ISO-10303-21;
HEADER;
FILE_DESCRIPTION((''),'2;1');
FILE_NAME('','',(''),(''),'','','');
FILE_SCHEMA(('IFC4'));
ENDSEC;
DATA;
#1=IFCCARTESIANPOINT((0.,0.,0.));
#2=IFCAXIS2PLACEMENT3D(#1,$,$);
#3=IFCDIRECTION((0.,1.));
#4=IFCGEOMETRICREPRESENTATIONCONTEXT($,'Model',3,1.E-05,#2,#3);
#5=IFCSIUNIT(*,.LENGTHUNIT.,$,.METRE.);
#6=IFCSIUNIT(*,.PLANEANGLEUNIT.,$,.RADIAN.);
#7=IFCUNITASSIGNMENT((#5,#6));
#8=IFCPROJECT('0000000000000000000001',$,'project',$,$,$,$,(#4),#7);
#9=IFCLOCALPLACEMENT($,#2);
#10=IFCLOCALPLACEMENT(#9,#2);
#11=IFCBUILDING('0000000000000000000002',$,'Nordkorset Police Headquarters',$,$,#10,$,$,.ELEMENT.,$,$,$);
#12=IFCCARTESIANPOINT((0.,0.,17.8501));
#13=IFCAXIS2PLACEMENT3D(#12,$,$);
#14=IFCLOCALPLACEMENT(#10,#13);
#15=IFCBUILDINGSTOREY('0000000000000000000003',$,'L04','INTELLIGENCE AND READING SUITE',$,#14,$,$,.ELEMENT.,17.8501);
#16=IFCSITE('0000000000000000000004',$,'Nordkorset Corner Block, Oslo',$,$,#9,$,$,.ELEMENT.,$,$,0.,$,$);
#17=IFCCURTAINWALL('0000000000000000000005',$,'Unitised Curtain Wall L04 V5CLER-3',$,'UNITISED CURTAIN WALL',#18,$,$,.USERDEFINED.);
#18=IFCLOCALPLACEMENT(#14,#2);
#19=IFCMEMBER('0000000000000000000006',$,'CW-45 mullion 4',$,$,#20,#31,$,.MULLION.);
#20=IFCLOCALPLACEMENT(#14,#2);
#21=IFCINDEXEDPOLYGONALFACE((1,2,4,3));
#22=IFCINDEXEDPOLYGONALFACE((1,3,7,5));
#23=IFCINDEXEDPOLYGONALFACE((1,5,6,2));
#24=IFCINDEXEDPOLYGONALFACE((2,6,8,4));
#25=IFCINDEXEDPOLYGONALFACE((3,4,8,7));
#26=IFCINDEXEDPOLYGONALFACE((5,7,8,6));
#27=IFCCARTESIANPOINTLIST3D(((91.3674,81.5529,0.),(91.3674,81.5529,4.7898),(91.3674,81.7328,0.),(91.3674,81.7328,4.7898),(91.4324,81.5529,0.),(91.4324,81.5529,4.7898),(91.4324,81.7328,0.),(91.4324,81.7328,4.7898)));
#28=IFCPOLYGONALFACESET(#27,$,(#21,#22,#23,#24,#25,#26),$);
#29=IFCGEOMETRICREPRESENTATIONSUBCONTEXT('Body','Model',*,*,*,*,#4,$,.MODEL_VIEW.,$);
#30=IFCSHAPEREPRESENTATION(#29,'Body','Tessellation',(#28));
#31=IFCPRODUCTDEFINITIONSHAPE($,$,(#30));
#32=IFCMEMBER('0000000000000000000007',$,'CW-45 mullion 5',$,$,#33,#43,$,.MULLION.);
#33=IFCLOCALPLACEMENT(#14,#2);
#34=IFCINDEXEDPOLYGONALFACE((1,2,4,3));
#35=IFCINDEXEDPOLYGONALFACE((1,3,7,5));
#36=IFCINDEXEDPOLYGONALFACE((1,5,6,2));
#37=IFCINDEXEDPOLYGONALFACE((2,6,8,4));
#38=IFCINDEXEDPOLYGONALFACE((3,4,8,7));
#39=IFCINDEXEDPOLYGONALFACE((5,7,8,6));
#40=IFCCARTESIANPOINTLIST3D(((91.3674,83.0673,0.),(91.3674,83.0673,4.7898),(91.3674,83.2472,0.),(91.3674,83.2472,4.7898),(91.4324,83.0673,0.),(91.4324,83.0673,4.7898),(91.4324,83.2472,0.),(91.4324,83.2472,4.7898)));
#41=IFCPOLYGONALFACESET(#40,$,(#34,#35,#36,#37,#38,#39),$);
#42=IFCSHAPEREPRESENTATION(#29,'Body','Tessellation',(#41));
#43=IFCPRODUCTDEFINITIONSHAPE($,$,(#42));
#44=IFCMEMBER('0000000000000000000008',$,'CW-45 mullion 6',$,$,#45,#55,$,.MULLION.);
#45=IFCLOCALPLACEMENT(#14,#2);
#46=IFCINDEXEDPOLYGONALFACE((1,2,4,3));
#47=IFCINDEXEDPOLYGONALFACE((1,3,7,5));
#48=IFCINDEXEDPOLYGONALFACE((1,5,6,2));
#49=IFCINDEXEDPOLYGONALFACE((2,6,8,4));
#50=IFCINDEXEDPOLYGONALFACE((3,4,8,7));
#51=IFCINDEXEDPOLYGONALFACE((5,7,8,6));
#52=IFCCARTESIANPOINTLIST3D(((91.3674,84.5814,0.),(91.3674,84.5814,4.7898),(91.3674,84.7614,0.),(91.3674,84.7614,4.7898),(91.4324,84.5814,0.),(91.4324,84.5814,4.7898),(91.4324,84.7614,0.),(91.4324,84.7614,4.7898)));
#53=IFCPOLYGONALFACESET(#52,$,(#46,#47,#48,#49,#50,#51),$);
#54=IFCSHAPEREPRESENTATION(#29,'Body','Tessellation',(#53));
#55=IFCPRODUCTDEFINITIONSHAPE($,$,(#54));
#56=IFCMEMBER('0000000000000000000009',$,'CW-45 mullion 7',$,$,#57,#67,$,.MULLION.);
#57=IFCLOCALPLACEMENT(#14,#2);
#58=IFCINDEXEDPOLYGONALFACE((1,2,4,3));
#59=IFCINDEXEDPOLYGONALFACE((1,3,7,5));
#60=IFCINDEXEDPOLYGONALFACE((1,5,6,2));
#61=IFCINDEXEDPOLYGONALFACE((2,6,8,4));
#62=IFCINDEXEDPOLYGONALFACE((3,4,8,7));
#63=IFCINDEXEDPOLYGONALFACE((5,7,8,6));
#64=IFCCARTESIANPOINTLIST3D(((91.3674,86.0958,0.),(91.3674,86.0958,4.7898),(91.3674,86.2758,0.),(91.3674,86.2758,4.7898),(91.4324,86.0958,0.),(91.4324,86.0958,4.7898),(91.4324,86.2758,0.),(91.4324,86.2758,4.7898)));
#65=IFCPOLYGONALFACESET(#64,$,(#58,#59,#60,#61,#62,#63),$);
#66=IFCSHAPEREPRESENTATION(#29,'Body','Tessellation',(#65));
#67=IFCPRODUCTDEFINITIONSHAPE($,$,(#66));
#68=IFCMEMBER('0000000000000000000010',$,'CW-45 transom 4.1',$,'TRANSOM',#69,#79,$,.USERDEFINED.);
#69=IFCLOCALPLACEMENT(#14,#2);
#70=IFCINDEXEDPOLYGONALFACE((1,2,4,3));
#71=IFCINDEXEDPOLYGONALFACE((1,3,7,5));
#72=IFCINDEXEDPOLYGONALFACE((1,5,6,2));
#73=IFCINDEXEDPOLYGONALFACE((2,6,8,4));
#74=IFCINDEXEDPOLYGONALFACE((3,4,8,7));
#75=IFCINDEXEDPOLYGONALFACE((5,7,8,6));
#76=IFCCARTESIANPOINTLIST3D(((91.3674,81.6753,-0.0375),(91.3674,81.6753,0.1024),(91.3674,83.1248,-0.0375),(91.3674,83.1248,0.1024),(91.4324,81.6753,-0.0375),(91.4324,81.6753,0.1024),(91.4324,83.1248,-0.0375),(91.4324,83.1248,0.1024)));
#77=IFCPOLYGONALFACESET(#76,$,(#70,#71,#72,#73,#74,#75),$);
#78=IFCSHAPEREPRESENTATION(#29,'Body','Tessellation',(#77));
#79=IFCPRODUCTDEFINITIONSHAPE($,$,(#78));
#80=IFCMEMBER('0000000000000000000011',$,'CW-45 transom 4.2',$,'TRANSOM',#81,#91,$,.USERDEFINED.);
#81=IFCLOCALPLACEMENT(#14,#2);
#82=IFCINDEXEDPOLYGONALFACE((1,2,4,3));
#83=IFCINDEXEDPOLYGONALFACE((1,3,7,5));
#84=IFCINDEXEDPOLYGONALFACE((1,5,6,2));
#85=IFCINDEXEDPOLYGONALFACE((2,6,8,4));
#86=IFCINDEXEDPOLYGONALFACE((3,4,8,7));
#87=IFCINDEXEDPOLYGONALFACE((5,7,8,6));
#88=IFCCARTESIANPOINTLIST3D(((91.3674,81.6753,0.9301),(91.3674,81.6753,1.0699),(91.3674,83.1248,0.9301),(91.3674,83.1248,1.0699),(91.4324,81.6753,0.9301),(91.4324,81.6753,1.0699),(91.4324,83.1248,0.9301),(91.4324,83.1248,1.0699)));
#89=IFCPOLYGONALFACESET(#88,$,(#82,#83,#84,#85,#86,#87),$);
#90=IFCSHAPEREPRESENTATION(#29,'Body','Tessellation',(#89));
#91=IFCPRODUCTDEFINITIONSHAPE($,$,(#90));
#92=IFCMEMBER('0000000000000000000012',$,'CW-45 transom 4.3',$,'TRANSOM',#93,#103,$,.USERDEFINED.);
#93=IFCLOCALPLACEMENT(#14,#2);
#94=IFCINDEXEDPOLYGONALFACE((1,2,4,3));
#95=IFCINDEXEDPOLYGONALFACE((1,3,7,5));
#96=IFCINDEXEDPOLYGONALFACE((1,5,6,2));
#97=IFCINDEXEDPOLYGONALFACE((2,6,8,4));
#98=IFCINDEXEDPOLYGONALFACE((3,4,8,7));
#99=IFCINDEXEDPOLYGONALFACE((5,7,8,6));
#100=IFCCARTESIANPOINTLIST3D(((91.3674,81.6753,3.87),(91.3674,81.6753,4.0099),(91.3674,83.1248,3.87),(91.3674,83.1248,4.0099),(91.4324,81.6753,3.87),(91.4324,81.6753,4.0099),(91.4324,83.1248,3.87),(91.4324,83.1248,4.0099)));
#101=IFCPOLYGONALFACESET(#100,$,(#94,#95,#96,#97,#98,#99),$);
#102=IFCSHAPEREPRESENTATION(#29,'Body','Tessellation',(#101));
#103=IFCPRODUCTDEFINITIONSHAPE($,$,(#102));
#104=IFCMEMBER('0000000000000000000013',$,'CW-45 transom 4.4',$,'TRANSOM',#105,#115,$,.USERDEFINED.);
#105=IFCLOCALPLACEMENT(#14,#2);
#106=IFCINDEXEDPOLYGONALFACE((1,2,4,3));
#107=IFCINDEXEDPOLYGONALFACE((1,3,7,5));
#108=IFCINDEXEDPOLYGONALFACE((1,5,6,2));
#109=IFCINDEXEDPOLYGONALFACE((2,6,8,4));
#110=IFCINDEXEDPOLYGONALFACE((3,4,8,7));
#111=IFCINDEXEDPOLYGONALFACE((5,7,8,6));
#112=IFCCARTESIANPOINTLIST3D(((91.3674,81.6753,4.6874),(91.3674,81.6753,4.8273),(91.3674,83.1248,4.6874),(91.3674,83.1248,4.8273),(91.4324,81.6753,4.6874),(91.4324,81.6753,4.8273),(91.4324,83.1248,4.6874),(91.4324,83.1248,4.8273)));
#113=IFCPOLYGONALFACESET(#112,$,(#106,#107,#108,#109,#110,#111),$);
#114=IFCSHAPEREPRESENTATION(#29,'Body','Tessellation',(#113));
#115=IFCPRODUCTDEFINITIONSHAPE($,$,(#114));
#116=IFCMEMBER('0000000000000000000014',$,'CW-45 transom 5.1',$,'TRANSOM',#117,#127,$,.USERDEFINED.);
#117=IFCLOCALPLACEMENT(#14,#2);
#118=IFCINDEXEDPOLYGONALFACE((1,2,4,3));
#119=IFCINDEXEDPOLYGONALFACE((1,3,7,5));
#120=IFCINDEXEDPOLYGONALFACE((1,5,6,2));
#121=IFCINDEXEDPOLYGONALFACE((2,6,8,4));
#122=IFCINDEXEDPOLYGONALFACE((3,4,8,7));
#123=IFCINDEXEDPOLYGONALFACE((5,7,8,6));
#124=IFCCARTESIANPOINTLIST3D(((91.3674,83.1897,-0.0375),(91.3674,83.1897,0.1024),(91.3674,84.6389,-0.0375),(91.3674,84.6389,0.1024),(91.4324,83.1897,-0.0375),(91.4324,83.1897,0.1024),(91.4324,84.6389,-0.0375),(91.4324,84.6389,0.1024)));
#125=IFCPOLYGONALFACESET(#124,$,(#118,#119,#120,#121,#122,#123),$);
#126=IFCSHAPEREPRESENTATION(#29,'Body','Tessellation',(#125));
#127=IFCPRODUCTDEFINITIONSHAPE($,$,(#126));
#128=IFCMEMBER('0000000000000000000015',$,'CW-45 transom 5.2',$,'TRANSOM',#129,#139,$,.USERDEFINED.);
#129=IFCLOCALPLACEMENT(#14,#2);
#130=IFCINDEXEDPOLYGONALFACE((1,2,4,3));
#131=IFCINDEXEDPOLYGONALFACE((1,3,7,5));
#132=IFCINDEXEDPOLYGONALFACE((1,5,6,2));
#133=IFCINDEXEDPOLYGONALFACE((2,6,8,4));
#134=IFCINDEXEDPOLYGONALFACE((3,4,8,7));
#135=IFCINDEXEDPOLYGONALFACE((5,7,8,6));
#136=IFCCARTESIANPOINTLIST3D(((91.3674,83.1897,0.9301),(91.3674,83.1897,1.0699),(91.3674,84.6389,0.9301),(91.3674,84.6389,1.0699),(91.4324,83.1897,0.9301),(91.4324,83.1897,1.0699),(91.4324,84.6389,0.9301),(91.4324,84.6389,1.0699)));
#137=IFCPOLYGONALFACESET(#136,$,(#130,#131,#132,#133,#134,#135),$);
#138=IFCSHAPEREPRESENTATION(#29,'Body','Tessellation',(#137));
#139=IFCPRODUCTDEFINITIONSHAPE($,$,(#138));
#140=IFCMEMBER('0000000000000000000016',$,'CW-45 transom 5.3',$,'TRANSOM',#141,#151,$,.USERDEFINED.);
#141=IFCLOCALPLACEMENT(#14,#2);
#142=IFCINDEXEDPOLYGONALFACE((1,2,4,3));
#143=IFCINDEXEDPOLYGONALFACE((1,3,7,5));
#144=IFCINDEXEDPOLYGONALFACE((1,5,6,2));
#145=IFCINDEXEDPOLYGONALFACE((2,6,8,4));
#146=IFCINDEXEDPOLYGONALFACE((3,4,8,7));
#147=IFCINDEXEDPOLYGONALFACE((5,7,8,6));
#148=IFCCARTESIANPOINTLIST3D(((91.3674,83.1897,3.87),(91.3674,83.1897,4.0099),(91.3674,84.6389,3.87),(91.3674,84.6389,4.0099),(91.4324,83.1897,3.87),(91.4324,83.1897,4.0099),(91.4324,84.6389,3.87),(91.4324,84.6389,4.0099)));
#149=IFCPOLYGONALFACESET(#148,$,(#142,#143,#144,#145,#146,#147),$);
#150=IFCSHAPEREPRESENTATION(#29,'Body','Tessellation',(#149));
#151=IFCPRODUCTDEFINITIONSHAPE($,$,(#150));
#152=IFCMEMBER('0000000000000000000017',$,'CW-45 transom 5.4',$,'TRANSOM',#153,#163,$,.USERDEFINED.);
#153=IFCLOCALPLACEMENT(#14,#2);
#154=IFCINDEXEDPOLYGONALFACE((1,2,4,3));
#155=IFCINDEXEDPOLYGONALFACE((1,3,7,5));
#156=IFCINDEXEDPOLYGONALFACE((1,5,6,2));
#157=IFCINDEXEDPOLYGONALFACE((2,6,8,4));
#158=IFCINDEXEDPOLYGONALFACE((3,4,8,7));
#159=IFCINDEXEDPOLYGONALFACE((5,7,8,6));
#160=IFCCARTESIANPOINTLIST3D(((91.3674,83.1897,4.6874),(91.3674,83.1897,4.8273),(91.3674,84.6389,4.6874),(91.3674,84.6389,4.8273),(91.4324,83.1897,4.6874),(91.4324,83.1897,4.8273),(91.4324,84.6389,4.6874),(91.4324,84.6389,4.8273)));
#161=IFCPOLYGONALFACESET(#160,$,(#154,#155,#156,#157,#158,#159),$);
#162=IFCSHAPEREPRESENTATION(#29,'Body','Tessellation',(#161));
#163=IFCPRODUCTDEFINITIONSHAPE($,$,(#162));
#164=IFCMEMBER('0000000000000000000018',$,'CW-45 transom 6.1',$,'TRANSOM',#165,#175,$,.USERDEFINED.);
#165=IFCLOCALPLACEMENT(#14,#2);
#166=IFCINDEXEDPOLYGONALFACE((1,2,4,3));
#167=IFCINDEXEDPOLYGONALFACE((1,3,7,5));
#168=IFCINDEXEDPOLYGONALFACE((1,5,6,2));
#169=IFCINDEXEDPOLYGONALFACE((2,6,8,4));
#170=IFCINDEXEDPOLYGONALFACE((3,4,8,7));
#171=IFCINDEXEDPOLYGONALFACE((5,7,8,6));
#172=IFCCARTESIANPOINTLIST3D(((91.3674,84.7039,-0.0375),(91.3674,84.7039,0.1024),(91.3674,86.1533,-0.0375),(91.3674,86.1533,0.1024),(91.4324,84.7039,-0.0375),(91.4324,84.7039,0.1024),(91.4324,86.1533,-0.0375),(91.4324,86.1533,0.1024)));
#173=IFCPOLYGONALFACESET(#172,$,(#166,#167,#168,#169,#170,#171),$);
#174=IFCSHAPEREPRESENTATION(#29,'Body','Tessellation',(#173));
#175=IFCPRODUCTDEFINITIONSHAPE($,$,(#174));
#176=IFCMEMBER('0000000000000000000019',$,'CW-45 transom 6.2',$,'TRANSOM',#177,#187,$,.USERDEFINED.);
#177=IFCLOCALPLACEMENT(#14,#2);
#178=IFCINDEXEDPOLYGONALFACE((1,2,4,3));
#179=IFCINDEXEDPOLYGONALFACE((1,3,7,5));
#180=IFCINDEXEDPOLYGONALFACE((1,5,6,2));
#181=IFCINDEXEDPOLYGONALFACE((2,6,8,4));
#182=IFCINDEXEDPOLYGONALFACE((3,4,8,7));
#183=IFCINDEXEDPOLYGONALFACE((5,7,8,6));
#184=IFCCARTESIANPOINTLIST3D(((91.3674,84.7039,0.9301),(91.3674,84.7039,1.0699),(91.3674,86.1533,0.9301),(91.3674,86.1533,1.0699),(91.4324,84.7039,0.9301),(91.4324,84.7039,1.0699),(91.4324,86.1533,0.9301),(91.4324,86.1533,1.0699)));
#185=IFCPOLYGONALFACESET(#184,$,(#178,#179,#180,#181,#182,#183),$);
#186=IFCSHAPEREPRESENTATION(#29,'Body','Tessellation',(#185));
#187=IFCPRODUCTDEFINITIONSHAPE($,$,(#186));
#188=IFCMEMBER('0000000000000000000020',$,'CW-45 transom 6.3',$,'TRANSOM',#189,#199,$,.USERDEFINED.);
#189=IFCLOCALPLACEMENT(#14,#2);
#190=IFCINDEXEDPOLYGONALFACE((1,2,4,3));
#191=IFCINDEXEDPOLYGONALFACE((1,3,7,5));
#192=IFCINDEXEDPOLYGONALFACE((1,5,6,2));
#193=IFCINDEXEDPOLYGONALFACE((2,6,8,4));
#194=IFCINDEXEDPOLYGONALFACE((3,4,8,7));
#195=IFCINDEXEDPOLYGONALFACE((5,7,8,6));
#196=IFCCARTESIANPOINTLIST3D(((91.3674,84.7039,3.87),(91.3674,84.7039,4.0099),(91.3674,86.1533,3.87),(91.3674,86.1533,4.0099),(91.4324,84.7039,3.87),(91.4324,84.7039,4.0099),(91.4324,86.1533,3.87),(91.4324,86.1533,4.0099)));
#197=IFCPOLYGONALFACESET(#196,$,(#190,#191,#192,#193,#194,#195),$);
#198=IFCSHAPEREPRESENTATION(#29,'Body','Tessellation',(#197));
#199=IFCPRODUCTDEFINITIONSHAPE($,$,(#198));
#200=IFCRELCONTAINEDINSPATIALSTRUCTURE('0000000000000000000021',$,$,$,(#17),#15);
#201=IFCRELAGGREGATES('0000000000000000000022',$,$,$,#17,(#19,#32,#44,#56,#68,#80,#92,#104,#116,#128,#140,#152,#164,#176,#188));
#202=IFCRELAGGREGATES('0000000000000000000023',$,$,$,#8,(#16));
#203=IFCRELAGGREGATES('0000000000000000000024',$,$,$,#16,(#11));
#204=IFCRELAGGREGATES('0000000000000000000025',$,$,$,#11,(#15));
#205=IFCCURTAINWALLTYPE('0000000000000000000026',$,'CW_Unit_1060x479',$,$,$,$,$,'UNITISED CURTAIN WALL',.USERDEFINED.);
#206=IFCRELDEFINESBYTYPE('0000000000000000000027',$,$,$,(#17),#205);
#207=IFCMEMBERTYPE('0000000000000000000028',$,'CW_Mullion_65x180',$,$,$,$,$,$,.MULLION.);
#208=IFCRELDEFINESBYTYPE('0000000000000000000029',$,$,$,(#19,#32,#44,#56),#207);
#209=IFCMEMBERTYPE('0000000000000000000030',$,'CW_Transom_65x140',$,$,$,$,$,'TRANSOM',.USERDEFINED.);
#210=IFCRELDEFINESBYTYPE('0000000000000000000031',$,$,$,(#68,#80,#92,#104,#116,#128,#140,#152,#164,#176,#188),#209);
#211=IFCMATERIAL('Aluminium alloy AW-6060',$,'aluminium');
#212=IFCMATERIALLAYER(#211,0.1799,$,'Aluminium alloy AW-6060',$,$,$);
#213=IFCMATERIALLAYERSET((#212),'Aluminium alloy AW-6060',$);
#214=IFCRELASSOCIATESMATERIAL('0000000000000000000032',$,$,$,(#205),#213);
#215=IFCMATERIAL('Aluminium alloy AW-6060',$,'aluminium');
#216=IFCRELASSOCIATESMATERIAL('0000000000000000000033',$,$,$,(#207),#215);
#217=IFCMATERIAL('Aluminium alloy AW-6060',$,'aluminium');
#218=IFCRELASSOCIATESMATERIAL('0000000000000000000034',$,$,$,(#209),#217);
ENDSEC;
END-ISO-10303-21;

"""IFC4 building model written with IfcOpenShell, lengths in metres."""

from ifc_helpers import new_model, si_unit, direction, frame, origin, origin_2d, place, context, subcontext, project, spatial, rectangle, extrude, material, layer, layer_set, material_profile, profile_set, type_object, element, aggregate, save


model = new_model("IFC4")

# Units and contexts
model_context = context("Model", 3, precision=1e-05, world=origin(), true_north=direction((0.0, 1.0)))
body_context = subcontext(model_context, "Body", "Model", "MODEL_VIEW")
ifc_project = project(units=[si_unit("LENGTHUNIT", "METRE"), si_unit("PLANEANGLEUNIT", "RADIAN")], contexts=[model_context])

# Site, building, storey
site_placement = place(None, origin())
site = spatial("IfcSite", under=ifc_project, at=site_placement, Name="Nordkorset Corner Block, Oslo", CompositionType="ELEMENT", RefElevation=0.0)
building_placement = place(site_placement, origin())
building = spatial("IfcBuilding", under=site, at=building_placement, Name="Nordkorset Police Headquarters", CompositionType="ELEMENT")
storey_placement = place(building_placement, frame((0.0, 0.0, 17.8501)))
storey = spatial("IfcBuildingStorey", under=building, at=storey_placement, Name="L04", Description="INTELLIGENCE AND READING SUITE", CompositionType="ELEMENT", Elevation=17.8501)

# Curtain wall, members
ifc_material_1 = material(Name="Aluminium alloy AW-6060", Category="aluminium")
ifc_layer_1 = layer(ifc_material_1, 0.1799, Name="Aluminium alloy AW-6060")
ifc_layer_set_1 = layer_set([ifc_layer_1], Name="Aluminium alloy AW-6060")
curtain_wall_type = type_object("IfcCurtainWallType", Name="CW_Unit_1060x479", ElementType="UNITISED CURTAIN WALL", PredefinedType="USERDEFINED", material=ifc_layer_set_1)
curtain_wall_placement = place(storey_placement, origin())
curtain_wall = element("IfcCurtainWall", 1, at=curtain_wall_placement, inside=storey, type_object=curtain_wall_type, Name="Unitised Curtain Wall L04 V5CLER-3", ObjectType="UNITISED CURTAIN WALL", PredefinedType="USERDEFINED")
ifc_material_2 = material(Name="Aluminium alloy AW-6060", Category="aluminium")
ifc_material_profile_1 = material_profile(ifc_material_2, rectangle(XDim=0.0649, YDim=0.1799, at=origin_2d()), Name="ALU MULL 65x180")
ifc_profile_set_1 = profile_set([ifc_material_profile_1], Name="Aluminium alloy AW-6060")
member_type_1 = type_object("IfcMemberType", Name="CW_Mullion_65x180", PredefinedType="MULLION", material=ifc_profile_set_1)
member_1_placement = place(storey_placement, frame((91.3999, 81.6428, 0.0), z_axis=(0.0, 0.0, 1.0), x_axis=(-1.0, 0.0, 0.0)))
member_1 = element("IfcMember", 2, at=member_1_placement, type_object=member_type_1, Name="CW-45 mullion 4", PredefinedType="MULLION", context=body_context, shape_type="SweptSolid", body=[
    extrude(rectangle(XDim=0.0649, YDim=0.1799, at=origin_2d()), origin(), (0.0, 0.0, 1.0), 4.7898),
])
member_2_placement = place(storey_placement, frame((91.3999, 83.1572, 0.0), z_axis=(0.0, 0.0, 1.0), x_axis=(-1.0, 0.0, 0.0)))
member_2 = element("IfcMember", 3, at=member_2_placement, type_object=member_type_1, Name="CW-45 mullion 5", PredefinedType="MULLION", context=body_context, shape_type="SweptSolid", body=[
    extrude(rectangle(XDim=0.0649, YDim=0.1799, at=origin_2d()), origin(), (0.0, 0.0, 1.0), 4.7898),
])
member_3_placement = place(storey_placement, frame((91.3999, 84.6714, 0.0), z_axis=(0.0, 0.0, 1.0), x_axis=(-1.0, 0.0, 0.0)))
member_3 = element("IfcMember", 4, at=member_3_placement, type_object=member_type_1, Name="CW-45 mullion 6", PredefinedType="MULLION", context=body_context, shape_type="SweptSolid", body=[
    extrude(rectangle(XDim=0.0649, YDim=0.1799, at=origin_2d()), origin(), (0.0, 0.0, 1.0), 4.7898),
])
member_4_placement = place(storey_placement, frame((91.3999, 86.1858, 0.0), z_axis=(0.0, 0.0, 1.0), x_axis=(-1.0, 0.0, 0.0)))
member_4 = element("IfcMember", 5, at=member_4_placement, type_object=member_type_1, Name="CW-45 mullion 7", PredefinedType="MULLION", context=body_context, shape_type="SweptSolid", body=[
    extrude(rectangle(XDim=0.0649, YDim=0.1799, at=origin_2d()), origin(), (0.0, 0.0, 1.0), 4.7898),
])
ifc_material_3 = material(Name="Aluminium alloy AW-6060", Category="aluminium")
ifc_material_profile_2 = material_profile(ifc_material_3, rectangle(XDim=0.0649, YDim=0.1399, at=origin_2d()), Name="ALU TRAN 65x140")
ifc_profile_set_2 = profile_set([ifc_material_profile_2], Name="Aluminium alloy AW-6060")
member_type_2 = type_object("IfcMemberType", Name="CW_Transom_65x140", ElementType="TRANSOM", PredefinedType="USERDEFINED", material=ifc_profile_set_2)
member_5_placement = place(storey_placement, frame((91.3999, 81.6753, 0.0325), z_axis=(0.0, 1.0, 0.0), x_axis=(-1.0, 0.0, 0.0)))
member_5 = element("IfcMember", 6, at=member_5_placement, type_object=member_type_2, Name="CW-45 transom 4.1", ObjectType="TRANSOM", PredefinedType="USERDEFINED", context=body_context, shape_type="SweptSolid", body=[
    extrude(rectangle(XDim=0.0649, YDim=0.1399, at=origin_2d()), origin(), (0.0, 0.0, 1.0), 1.4495),
])
member_6_placement = place(storey_placement, frame((91.3999, 81.6753, 1.0), z_axis=(0.0, 1.0, 0.0), x_axis=(-1.0, 0.0, 0.0)))
member_6 = element("IfcMember", 7, at=member_6_placement, type_object=member_type_2, Name="CW-45 transom 4.2", ObjectType="TRANSOM", PredefinedType="USERDEFINED", context=body_context, shape_type="SweptSolid", body=[
    extrude(rectangle(XDim=0.0649, YDim=0.1399, at=origin_2d()), origin(), (0.0, 0.0, 1.0), 1.4495),
])
member_7_placement = place(storey_placement, frame((91.3999, 81.6753, 3.9399), z_axis=(0.0, 1.0, 0.0), x_axis=(-1.0, 0.0, 0.0)))
member_7 = element("IfcMember", 8, at=member_7_placement, type_object=member_type_2, Name="CW-45 transom 4.3", ObjectType="TRANSOM", PredefinedType="USERDEFINED", context=body_context, shape_type="SweptSolid", body=[
    extrude(rectangle(XDim=0.0649, YDim=0.1399, at=origin_2d()), origin(), (0.0, 0.0, 1.0), 1.4495),
])
member_8_placement = place(storey_placement, frame((91.3999, 81.6753, 4.7573), z_axis=(0.0, 1.0, 0.0), x_axis=(-1.0, 0.0, 0.0)))
member_8 = element("IfcMember", 9, at=member_8_placement, type_object=member_type_2, Name="CW-45 transom 4.4", ObjectType="TRANSOM", PredefinedType="USERDEFINED", context=body_context, shape_type="SweptSolid", body=[
    extrude(rectangle(XDim=0.0649, YDim=0.1399, at=origin_2d()), origin(), (0.0, 0.0, 1.0), 1.4495),
])
member_9_placement = place(storey_placement, frame((91.3999, 83.1897, 0.0325), z_axis=(0.0, 1.0, 0.0), x_axis=(-1.0, 0.0, 0.0)))
member_9 = element("IfcMember", 10, at=member_9_placement, type_object=member_type_2, Name="CW-45 transom 5.1", ObjectType="TRANSOM", PredefinedType="USERDEFINED", context=body_context, shape_type="SweptSolid", body=[
    extrude(rectangle(XDim=0.0649, YDim=0.1399, at=origin_2d()), origin(), (0.0, 0.0, 1.0), 1.4492),
])
member_10_placement = place(storey_placement, frame((91.3999, 83.1897, 1.0), z_axis=(0.0, 1.0, 0.0), x_axis=(-1.0, 0.0, 0.0)))
member_10 = element("IfcMember", 11, at=member_10_placement, type_object=member_type_2, Name="CW-45 transom 5.2", ObjectType="TRANSOM", PredefinedType="USERDEFINED", context=body_context, shape_type="SweptSolid", body=[
    extrude(rectangle(XDim=0.0649, YDim=0.1399, at=origin_2d()), origin(), (0.0, 0.0, 1.0), 1.4492),
])
member_11_placement = place(storey_placement, frame((91.3999, 83.1897, 3.9399), z_axis=(0.0, 1.0, 0.0), x_axis=(-1.0, 0.0, 0.0)))
member_11 = element("IfcMember", 12, at=member_11_placement, type_object=member_type_2, Name="CW-45 transom 5.3", ObjectType="TRANSOM", PredefinedType="USERDEFINED", context=body_context, shape_type="SweptSolid", body=[
    extrude(rectangle(XDim=0.0649, YDim=0.1399, at=origin_2d()), origin(), (0.0, 0.0, 1.0), 1.4492),
])
member_12_placement = place(storey_placement, frame((91.3999, 83.1897, 4.7573), z_axis=(0.0, 1.0, 0.0), x_axis=(-1.0, 0.0, 0.0)))
member_12 = element("IfcMember", 13, at=member_12_placement, type_object=member_type_2, Name="CW-45 transom 5.4", ObjectType="TRANSOM", PredefinedType="USERDEFINED", context=body_context, shape_type="SweptSolid", body=[
    extrude(rectangle(XDim=0.0649, YDim=0.1399, at=origin_2d()), origin(), (0.0, 0.0, 1.0), 1.4492),
])
member_13_placement = place(storey_placement, frame((91.3999, 84.7039, 0.0325), z_axis=(0.0, 1.0, 0.0), x_axis=(-1.0, 0.0, 0.0)))
member_13 = element("IfcMember", 14, at=member_13_placement, type_object=member_type_2, Name="CW-45 transom 6.1", ObjectType="TRANSOM", PredefinedType="USERDEFINED", context=body_context, shape_type="SweptSolid", body=[
    extrude(rectangle(XDim=0.0649, YDim=0.1399, at=origin_2d()), origin(), (0.0, 0.0, 1.0), 1.4495),
])
member_14_placement = place(storey_placement, frame((91.3999, 84.7039, 1.0), z_axis=(0.0, 1.0, 0.0), x_axis=(-1.0, 0.0, 0.0)))
member_14 = element("IfcMember", 15, at=member_14_placement, type_object=member_type_2, Name="CW-45 transom 6.2", ObjectType="TRANSOM", PredefinedType="USERDEFINED", context=body_context, shape_type="SweptSolid", body=[
    extrude(rectangle(XDim=0.0649, YDim=0.1399, at=origin_2d()), origin(), (0.0, 0.0, 1.0), 1.4495),
])
member_15_placement = place(storey_placement, frame((91.3999, 84.7039, 3.9399), z_axis=(0.0, 1.0, 0.0), x_axis=(-1.0, 0.0, 0.0)))
member_15 = element("IfcMember", 16, at=member_15_placement, type_object=member_type_2, Name="CW-45 transom 6.3", ObjectType="TRANSOM", PredefinedType="USERDEFINED", context=body_context, shape_type="SweptSolid", body=[
    extrude(rectangle(XDim=0.0649, YDim=0.1399, at=origin_2d()), origin(), (0.0, 0.0, 1.0), 1.4495),
])

aggregate(curtain_wall, [member_1, member_2, member_3, member_4, member_5, member_6, member_7, member_8, member_9, member_10, member_11, member_12, member_13, member_14, member_15])

save(model, "model.ifc")
